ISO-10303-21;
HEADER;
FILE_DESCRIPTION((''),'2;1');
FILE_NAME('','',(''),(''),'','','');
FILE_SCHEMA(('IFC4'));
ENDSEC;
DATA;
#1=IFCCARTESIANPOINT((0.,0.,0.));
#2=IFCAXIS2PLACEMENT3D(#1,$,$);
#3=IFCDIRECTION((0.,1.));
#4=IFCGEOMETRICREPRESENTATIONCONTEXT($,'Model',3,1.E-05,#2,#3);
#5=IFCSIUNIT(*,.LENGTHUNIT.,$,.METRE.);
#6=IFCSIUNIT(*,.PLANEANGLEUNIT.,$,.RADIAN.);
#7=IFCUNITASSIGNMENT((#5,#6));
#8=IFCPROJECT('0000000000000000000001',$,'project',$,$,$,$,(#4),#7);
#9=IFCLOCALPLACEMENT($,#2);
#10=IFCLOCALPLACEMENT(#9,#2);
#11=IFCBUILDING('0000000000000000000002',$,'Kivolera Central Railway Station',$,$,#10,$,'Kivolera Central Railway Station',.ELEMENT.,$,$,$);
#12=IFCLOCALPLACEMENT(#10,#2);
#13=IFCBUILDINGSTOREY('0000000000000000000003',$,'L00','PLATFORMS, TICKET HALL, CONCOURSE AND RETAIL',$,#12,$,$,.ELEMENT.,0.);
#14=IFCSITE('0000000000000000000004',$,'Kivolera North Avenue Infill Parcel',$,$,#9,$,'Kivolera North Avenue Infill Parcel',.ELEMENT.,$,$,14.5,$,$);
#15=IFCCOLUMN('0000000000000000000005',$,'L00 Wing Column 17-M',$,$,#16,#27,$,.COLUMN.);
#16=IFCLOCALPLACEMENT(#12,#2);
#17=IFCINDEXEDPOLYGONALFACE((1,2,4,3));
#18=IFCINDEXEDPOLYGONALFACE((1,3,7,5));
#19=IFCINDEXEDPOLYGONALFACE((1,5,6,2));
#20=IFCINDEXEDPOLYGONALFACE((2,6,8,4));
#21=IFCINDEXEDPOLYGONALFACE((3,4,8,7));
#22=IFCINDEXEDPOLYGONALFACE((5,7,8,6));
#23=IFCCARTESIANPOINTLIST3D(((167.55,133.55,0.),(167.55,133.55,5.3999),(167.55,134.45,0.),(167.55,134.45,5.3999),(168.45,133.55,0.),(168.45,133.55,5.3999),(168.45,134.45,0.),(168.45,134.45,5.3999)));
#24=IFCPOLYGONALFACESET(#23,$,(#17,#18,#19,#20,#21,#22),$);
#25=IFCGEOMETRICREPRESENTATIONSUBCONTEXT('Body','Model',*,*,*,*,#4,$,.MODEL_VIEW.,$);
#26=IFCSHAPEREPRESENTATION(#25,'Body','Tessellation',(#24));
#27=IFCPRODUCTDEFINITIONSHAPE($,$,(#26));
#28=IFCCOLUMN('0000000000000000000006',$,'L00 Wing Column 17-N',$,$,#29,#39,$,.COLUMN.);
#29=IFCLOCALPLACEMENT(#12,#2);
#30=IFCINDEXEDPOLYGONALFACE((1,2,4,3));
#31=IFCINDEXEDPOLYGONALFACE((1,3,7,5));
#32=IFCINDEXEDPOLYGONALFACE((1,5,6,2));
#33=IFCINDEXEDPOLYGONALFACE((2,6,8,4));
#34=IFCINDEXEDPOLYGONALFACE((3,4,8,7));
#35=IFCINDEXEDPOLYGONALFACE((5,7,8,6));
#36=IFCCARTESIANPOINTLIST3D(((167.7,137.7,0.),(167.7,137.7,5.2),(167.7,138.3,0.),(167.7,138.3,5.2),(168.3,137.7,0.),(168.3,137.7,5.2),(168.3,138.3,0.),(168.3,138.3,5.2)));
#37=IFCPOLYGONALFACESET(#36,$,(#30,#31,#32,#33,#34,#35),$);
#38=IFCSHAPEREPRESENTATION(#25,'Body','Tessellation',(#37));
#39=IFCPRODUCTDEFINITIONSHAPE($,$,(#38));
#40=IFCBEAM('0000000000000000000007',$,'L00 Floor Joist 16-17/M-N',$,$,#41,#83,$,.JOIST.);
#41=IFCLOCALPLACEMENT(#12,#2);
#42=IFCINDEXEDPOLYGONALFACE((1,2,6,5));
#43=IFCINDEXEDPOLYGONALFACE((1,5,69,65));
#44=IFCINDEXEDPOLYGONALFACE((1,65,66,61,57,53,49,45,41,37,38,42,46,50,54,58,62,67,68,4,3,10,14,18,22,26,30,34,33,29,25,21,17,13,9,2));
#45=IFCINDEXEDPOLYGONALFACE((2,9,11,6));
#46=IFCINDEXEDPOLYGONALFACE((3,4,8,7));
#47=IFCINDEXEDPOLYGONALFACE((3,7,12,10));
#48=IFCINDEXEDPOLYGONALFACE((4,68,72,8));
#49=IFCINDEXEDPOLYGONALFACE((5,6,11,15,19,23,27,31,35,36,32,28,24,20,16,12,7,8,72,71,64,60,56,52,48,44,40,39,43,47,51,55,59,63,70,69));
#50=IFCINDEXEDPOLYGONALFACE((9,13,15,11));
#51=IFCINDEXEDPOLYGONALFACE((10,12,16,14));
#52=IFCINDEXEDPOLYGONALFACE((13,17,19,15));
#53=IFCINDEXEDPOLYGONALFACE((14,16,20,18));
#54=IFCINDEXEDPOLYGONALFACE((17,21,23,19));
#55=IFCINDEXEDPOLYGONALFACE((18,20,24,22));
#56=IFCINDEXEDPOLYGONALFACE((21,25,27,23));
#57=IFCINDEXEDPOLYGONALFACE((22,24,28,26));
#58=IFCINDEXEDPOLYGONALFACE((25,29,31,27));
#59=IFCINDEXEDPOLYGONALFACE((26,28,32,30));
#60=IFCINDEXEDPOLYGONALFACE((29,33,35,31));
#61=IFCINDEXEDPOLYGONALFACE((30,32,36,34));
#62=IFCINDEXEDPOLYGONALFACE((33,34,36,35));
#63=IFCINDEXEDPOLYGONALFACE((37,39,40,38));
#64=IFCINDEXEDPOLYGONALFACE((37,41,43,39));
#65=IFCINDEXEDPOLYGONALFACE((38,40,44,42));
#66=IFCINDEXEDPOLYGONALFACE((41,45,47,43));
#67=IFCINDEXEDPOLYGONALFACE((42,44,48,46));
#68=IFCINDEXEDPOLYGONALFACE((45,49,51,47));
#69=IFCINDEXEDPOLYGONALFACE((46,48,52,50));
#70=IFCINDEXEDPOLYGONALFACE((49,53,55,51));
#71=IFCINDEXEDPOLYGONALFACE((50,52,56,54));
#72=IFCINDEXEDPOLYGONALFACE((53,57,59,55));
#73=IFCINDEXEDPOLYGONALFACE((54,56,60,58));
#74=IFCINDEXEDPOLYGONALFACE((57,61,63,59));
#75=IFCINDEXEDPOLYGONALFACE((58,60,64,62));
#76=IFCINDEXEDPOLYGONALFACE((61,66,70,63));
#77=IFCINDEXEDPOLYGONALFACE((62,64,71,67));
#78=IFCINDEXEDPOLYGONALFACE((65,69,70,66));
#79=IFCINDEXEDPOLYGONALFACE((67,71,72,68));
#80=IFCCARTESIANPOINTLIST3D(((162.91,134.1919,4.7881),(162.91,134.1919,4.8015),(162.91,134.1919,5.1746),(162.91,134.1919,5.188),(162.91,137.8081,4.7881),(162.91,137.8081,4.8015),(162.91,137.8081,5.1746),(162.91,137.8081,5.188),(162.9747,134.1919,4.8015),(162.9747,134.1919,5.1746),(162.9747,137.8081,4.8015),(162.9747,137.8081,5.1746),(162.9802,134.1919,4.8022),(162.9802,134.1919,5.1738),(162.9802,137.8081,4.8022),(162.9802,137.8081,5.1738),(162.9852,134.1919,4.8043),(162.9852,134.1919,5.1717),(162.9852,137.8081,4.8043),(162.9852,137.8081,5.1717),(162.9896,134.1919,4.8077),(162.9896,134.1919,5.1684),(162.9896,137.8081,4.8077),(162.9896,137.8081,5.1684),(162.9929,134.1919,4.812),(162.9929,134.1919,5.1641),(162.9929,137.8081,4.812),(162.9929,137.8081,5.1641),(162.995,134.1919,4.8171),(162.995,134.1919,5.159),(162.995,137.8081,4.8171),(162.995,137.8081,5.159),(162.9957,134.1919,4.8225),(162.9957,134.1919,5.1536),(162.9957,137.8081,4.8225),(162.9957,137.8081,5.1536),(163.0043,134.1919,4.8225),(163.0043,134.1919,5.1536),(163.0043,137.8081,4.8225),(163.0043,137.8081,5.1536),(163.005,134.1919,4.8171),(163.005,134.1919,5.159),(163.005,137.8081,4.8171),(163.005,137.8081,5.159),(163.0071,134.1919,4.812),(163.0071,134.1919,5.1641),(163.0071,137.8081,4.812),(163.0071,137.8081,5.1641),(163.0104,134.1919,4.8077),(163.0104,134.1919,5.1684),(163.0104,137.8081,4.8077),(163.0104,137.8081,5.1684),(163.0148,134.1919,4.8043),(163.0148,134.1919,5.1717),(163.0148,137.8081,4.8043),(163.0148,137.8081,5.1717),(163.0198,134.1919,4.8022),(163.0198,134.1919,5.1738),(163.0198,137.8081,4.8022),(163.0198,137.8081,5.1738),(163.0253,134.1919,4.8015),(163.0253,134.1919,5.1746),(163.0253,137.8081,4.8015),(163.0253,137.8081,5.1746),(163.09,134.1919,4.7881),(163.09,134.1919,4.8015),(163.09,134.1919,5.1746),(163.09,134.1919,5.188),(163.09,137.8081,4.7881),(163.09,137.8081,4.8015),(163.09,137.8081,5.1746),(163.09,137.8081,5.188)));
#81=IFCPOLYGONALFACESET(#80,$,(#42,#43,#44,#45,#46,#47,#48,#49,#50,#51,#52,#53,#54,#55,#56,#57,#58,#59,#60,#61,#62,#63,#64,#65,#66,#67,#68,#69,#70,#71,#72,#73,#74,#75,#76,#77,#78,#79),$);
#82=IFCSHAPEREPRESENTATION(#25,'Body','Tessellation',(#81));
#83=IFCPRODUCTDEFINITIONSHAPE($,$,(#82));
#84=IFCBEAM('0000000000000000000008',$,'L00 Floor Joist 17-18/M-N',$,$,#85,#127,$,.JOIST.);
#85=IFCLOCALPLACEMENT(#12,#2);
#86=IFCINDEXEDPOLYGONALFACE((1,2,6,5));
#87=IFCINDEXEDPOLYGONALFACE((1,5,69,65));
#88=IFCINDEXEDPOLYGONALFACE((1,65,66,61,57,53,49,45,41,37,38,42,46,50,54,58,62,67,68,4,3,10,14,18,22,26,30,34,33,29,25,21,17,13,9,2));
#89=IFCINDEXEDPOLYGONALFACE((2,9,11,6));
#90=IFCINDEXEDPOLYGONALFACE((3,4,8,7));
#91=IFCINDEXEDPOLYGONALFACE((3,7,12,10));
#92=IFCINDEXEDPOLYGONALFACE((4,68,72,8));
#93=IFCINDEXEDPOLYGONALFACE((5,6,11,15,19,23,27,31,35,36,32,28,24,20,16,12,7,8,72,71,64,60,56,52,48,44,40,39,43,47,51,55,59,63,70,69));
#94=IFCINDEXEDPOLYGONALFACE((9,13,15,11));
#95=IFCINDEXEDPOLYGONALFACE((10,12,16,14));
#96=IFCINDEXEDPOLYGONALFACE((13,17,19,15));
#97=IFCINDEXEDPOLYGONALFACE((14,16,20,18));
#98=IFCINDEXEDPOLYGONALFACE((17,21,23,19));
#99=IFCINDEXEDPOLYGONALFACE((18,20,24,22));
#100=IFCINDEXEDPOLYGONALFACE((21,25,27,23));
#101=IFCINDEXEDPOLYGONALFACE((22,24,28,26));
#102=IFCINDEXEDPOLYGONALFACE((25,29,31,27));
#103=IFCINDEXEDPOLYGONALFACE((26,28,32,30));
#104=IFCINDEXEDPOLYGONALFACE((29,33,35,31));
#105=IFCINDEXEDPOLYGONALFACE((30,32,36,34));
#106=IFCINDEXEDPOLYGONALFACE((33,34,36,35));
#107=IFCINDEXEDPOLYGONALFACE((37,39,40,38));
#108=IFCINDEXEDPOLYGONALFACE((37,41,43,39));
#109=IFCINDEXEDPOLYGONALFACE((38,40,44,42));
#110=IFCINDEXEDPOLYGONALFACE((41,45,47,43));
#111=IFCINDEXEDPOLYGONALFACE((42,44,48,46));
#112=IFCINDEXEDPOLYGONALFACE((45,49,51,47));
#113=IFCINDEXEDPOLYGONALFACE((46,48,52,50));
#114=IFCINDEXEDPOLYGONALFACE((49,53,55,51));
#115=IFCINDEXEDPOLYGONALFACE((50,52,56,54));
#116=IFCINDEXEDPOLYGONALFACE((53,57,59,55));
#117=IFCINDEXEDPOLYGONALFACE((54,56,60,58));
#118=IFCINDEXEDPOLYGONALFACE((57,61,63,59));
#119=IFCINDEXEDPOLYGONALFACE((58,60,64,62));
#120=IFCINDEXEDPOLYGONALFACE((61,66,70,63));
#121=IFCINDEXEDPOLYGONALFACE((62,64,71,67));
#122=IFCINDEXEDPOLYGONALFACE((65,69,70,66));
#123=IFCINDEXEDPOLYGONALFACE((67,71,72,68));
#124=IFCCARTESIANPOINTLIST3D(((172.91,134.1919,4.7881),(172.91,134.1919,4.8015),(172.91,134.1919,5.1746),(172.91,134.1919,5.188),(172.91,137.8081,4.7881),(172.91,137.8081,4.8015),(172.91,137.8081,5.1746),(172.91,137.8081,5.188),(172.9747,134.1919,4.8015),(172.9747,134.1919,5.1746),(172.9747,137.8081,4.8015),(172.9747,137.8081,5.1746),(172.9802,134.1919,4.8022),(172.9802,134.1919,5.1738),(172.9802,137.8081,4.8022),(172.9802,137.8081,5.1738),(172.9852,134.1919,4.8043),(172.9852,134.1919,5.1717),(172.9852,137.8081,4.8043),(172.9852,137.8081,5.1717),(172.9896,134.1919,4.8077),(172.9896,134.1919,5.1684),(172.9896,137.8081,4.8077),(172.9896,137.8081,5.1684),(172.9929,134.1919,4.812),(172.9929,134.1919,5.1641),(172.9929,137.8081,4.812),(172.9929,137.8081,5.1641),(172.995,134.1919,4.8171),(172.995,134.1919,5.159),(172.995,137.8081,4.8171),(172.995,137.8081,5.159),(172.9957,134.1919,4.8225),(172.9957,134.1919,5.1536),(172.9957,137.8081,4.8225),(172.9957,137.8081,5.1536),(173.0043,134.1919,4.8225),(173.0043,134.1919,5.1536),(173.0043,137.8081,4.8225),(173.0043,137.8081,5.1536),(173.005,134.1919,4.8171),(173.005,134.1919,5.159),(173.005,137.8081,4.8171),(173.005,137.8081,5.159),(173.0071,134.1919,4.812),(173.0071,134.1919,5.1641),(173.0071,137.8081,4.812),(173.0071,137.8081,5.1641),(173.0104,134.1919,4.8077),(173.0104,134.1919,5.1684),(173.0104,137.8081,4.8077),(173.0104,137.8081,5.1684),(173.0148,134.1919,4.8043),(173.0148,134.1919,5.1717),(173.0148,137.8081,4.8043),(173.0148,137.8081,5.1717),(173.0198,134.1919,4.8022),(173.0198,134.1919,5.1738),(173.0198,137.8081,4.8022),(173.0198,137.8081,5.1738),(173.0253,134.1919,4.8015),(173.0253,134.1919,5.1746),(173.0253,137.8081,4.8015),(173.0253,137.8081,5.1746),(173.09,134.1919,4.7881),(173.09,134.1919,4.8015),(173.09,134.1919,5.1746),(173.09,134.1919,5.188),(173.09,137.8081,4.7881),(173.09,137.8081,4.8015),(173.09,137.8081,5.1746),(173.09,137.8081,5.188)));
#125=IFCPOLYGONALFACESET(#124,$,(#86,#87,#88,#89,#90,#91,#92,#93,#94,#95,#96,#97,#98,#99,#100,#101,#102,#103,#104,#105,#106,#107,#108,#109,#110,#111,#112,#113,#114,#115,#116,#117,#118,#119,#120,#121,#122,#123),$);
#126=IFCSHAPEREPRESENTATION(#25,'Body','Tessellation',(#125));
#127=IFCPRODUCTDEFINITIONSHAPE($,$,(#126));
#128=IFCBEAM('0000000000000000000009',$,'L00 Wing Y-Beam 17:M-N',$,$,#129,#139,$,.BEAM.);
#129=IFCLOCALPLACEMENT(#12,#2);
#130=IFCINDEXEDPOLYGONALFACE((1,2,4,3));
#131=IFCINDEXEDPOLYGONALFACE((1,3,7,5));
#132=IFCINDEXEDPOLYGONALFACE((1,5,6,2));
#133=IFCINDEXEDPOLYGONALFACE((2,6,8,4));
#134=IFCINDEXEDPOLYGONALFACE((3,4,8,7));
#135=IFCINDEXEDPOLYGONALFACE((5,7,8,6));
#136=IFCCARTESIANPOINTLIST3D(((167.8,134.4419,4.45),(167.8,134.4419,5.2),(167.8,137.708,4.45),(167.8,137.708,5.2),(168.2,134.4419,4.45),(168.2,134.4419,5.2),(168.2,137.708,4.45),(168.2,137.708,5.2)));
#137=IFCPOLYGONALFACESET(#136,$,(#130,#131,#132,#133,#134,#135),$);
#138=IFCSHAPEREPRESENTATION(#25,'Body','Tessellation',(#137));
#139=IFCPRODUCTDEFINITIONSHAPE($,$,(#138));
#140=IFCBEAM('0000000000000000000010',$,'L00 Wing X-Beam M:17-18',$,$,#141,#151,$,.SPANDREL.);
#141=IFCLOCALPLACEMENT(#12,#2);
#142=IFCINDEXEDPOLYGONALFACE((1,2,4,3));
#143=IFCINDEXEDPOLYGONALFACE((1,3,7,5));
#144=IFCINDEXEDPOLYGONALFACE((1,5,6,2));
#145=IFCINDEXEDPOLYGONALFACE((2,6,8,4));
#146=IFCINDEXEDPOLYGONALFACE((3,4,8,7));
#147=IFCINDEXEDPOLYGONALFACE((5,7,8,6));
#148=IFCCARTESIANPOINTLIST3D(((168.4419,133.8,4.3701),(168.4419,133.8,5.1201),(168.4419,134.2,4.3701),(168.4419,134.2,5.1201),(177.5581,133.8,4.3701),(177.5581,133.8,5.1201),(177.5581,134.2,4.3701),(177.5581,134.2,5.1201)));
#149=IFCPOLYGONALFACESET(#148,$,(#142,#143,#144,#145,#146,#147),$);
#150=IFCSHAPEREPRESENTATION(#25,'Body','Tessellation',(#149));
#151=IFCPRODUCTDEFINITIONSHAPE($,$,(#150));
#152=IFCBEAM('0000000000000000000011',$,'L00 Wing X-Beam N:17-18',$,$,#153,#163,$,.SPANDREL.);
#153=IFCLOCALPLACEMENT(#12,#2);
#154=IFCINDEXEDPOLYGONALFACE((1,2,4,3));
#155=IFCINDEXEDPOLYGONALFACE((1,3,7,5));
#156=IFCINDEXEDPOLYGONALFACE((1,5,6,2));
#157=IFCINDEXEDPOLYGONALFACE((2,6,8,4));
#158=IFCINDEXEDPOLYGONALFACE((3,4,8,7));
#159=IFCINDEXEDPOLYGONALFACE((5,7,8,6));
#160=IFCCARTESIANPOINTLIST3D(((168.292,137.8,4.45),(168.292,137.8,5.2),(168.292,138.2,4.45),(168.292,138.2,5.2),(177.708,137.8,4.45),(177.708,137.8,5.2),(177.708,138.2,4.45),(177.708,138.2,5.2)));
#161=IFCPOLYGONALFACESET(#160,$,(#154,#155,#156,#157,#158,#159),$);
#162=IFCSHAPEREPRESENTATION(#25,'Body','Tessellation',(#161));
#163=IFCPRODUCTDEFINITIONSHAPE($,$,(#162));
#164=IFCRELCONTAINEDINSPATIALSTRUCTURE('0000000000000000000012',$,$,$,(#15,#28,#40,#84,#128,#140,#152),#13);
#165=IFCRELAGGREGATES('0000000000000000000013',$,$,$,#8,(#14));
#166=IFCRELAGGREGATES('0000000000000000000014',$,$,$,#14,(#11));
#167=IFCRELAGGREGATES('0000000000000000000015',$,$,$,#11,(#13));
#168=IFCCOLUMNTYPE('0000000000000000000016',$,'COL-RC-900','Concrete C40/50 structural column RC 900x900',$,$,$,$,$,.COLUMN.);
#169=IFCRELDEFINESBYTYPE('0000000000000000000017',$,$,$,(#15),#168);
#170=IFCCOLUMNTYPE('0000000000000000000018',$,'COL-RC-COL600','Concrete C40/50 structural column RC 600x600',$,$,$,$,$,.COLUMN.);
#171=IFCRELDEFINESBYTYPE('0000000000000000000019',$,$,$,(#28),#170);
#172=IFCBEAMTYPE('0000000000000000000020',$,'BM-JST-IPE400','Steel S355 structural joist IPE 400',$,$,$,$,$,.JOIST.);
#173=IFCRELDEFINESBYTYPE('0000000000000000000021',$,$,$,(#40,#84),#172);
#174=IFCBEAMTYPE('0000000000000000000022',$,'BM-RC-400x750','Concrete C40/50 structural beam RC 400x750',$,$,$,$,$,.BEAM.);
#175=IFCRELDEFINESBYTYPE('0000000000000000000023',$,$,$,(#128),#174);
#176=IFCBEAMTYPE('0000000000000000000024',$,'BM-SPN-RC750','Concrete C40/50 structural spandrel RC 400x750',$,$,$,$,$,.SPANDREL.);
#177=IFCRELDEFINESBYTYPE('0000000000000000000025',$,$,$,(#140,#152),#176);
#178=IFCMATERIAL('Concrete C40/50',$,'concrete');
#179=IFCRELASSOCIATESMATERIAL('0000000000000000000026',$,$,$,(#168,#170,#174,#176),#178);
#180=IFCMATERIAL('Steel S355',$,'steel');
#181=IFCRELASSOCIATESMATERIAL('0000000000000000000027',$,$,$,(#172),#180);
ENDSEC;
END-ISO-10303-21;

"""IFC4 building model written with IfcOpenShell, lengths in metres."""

from ifc_helpers import new_model, si_unit, direction, frame, origin, origin_2d, place, context, subcontext, project, spatial, rectangle, i_section, extrude, material, material_profile, profile_set, type_object, element, save


model = new_model("IFC4")

# Units and contexts
model_context = context("Model", 3, precision=1e-05, world=origin(), true_north=direction((0.0, 1.0)))
body_context = subcontext(model_context, "Body", "Model", "MODEL_VIEW")
ifc_project = project(units=[si_unit("LENGTHUNIT", "METRE"), si_unit("PLANEANGLEUNIT", "RADIAN")], contexts=[model_context])

# Site, building, storey
site_placement = place(None, origin())
site = spatial("IfcSite", under=ifc_project, at=site_placement, Name="Kivolera North Avenue Infill Parcel", LongName="Kivolera North Avenue Infill Parcel", CompositionType="ELEMENT", RefElevation=14.5)
building_placement = place(site_placement, origin())
building = spatial("IfcBuilding", under=site, at=building_placement, Name="Kivolera Central Railway Station", LongName="Kivolera Central Railway Station", CompositionType="ELEMENT")
storey_placement = place(building_placement, origin())
storey = spatial("IfcBuildingStorey", under=building, at=storey_placement, Name="L00", Description="PLATFORMS, TICKET HALL, CONCOURSE AND RETAIL", CompositionType="ELEMENT", Elevation=0.0)

# Columns
ifc_material_1 = material(Name="Concrete C40/50", Category="concrete")
ifc_material_profile_1 = material_profile(ifc_material_1, rectangle(XDim=0.8999, YDim=0.8999, at=origin_2d()), Name="RC 900x900")
ifc_profile_set_1 = profile_set([ifc_material_profile_1], Name="Concrete C40/50")
column_type_1 = type_object("IfcColumnType", Name="COL-RC-900", Description="Concrete C40/50 structural column RC 900x900", PredefinedType="COLUMN", material=ifc_profile_set_1)
column_1_placement = place(storey_placement, frame((168.0, 134.0, 0.0), z_axis=(0.0, 0.0, 1.0), x_axis=(1.0, 0.0, 0.0)))
element("IfcColumn", 1, at=column_1_placement, inside=storey, type_object=column_type_1, Name="L00 Wing Column 17-M", PredefinedType="COLUMN", context=body_context, shape_type="SweptSolid", body=[
    extrude(rectangle(XDim=0.8999, YDim=0.8999, at=origin_2d()), origin(), (0.0, 0.0, 1.0), 5.3999),
])
ifc_material_profile_2 = material_profile(ifc_material_1, rectangle(XDim=0.6001, YDim=0.6001, at=origin_2d()), Name="RC 600x600")
ifc_profile_set_2 = profile_set([ifc_material_profile_2], Name="Concrete C40/50")
column_type_2 = type_object("IfcColumnType", Name="COL-RC-COL600", Description="Concrete C40/50 structural column RC 600x600", PredefinedType="COLUMN", material=ifc_profile_set_2)
column_2_placement = place(storey_placement, frame((168.0, 138.0, 0.0), z_axis=(0.0, 0.0, 1.0), x_axis=(1.0, 0.0, 0.0)))
element("IfcColumn", 2, at=column_2_placement, inside=storey, type_object=column_type_2, Name="L00 Wing Column 17-N", PredefinedType="COLUMN", context=body_context, shape_type="SweptSolid", body=[
    extrude(rectangle(XDim=0.6001, YDim=0.6001, at=origin_2d()), origin(), (0.0, 0.0, 1.0), 5.2),
])

# Beams
ifc_material_2 = material(Name="Steel S355", Category="steel")
ifc_material_profile_3 = material_profile(ifc_material_2, i_section(OverallWidth=0.1799, OverallDepth=0.3999, WebThickness=0.0085, FlangeThickness=0.0134, FilletRadius=0.021, at=origin_2d()), Name="IPE 400")
ifc_profile_set_3 = profile_set([ifc_material_profile_3], Name="Steel S355")
beam_type_1 = type_object("IfcBeamType", Name="BM-JST-IPE400", Description="Steel S355 structural joist IPE 400", PredefinedType="JOIST", material=ifc_profile_set_3)
for number, where, z_axis, x_axis, name in (
    (3, (163.0, 134.1919, 4.988), (0.0, 1.0, 0.0), (-1.0, 0.0, 0.0), "L00 Floor Joist 16-17/M-N"),
    (4, (173.0, 134.1919, 4.988), (0.0, 1.0, 0.0), (-1.0, 0.0, 0.0), "L00 Floor Joist 17-18/M-N"),
):
    element("IfcBeam", number, at=place(storey_placement, frame(where, z_axis=z_axis, x_axis=x_axis)), inside=storey, type_object=beam_type_1, Name=name, PredefinedType="JOIST", context=body_context, shape_type="SweptSolid", body=[
        extrude(i_section(OverallWidth=0.1799, OverallDepth=0.3999, WebThickness=0.0085, FlangeThickness=0.0134, FilletRadius=0.021, at=origin_2d()), origin(), (0.0, 0.0, 1.0), 3.6162),
    ])
ifc_material_profile_4 = material_profile(ifc_material_1, rectangle(XDim=0.3999, YDim=0.75, at=origin_2d()), Name="RC 400x750")
ifc_profile_set_4 = profile_set([ifc_material_profile_4], Name="Concrete C40/50")
beam_type_2 = type_object("IfcBeamType", Name="BM-RC-400x750", Description="Concrete C40/50 structural beam RC 400x750", PredefinedType="BEAM", material=ifc_profile_set_4)
beam_1_placement = place(storey_placement, frame((168.0, 134.4419, 4.825), z_axis=(0.0, 1.0, 0.0), x_axis=(-1.0, 0.0, 0.0)))
element("IfcBeam", 5, at=beam_1_placement, inside=storey, type_object=beam_type_2, Name="L00 Wing Y-Beam 17:M-N", PredefinedType="BEAM", context=body_context, shape_type="SweptSolid", body=[
    extrude(rectangle(XDim=0.3999, YDim=0.75, at=origin_2d()), origin(), (0.0, 0.0, 1.0), 3.2661),
])
ifc_material_profile_5 = material_profile(ifc_material_1, rectangle(XDim=0.3999, YDim=0.75, at=origin_2d()), Name="RC 400x750")
ifc_profile_set_5 = profile_set([ifc_material_profile_5], Name="Concrete C40/50")
beam_type_3 = type_object("IfcBeamType", Name="BM-SPN-RC750", Description="Concrete C40/50 structural spandrel RC 400x750", PredefinedType="SPANDREL", material=ifc_profile_set_5)
beam_2_placement = place(storey_placement, frame((168.4419, 134.0, 4.7451), z_axis=(1.0, 0.0, 0.0), x_axis=(0.0, 1.0, 0.0)))
element("IfcBeam", 6, at=beam_2_placement, inside=storey, type_object=beam_type_3, Name="L00 Wing X-Beam M:17-18", PredefinedType="SPANDREL", context=body_context, shape_type="SweptSolid", body=[
    extrude(rectangle(XDim=0.3999, YDim=0.75, at=origin_2d()), origin(), (0.0, 0.0, 1.0), 9.1162),
])
beam_3_placement = place(storey_placement, frame((168.292, 138.0, 4.825), z_axis=(1.0, 0.0, 0.0), x_axis=(0.0, 1.0, 0.0)))
element("IfcBeam", 7, at=beam_3_placement, inside=storey, type_object=beam_type_3, Name="L00 Wing X-Beam N:17-18", PredefinedType="SPANDREL", context=body_context, shape_type="SweptSolid", body=[
    extrude(rectangle(XDim=0.3999, YDim=0.75, at=origin_2d()), origin(), (0.0, 0.0, 1.0), 9.416),
])

save(model, "model.ifc")
